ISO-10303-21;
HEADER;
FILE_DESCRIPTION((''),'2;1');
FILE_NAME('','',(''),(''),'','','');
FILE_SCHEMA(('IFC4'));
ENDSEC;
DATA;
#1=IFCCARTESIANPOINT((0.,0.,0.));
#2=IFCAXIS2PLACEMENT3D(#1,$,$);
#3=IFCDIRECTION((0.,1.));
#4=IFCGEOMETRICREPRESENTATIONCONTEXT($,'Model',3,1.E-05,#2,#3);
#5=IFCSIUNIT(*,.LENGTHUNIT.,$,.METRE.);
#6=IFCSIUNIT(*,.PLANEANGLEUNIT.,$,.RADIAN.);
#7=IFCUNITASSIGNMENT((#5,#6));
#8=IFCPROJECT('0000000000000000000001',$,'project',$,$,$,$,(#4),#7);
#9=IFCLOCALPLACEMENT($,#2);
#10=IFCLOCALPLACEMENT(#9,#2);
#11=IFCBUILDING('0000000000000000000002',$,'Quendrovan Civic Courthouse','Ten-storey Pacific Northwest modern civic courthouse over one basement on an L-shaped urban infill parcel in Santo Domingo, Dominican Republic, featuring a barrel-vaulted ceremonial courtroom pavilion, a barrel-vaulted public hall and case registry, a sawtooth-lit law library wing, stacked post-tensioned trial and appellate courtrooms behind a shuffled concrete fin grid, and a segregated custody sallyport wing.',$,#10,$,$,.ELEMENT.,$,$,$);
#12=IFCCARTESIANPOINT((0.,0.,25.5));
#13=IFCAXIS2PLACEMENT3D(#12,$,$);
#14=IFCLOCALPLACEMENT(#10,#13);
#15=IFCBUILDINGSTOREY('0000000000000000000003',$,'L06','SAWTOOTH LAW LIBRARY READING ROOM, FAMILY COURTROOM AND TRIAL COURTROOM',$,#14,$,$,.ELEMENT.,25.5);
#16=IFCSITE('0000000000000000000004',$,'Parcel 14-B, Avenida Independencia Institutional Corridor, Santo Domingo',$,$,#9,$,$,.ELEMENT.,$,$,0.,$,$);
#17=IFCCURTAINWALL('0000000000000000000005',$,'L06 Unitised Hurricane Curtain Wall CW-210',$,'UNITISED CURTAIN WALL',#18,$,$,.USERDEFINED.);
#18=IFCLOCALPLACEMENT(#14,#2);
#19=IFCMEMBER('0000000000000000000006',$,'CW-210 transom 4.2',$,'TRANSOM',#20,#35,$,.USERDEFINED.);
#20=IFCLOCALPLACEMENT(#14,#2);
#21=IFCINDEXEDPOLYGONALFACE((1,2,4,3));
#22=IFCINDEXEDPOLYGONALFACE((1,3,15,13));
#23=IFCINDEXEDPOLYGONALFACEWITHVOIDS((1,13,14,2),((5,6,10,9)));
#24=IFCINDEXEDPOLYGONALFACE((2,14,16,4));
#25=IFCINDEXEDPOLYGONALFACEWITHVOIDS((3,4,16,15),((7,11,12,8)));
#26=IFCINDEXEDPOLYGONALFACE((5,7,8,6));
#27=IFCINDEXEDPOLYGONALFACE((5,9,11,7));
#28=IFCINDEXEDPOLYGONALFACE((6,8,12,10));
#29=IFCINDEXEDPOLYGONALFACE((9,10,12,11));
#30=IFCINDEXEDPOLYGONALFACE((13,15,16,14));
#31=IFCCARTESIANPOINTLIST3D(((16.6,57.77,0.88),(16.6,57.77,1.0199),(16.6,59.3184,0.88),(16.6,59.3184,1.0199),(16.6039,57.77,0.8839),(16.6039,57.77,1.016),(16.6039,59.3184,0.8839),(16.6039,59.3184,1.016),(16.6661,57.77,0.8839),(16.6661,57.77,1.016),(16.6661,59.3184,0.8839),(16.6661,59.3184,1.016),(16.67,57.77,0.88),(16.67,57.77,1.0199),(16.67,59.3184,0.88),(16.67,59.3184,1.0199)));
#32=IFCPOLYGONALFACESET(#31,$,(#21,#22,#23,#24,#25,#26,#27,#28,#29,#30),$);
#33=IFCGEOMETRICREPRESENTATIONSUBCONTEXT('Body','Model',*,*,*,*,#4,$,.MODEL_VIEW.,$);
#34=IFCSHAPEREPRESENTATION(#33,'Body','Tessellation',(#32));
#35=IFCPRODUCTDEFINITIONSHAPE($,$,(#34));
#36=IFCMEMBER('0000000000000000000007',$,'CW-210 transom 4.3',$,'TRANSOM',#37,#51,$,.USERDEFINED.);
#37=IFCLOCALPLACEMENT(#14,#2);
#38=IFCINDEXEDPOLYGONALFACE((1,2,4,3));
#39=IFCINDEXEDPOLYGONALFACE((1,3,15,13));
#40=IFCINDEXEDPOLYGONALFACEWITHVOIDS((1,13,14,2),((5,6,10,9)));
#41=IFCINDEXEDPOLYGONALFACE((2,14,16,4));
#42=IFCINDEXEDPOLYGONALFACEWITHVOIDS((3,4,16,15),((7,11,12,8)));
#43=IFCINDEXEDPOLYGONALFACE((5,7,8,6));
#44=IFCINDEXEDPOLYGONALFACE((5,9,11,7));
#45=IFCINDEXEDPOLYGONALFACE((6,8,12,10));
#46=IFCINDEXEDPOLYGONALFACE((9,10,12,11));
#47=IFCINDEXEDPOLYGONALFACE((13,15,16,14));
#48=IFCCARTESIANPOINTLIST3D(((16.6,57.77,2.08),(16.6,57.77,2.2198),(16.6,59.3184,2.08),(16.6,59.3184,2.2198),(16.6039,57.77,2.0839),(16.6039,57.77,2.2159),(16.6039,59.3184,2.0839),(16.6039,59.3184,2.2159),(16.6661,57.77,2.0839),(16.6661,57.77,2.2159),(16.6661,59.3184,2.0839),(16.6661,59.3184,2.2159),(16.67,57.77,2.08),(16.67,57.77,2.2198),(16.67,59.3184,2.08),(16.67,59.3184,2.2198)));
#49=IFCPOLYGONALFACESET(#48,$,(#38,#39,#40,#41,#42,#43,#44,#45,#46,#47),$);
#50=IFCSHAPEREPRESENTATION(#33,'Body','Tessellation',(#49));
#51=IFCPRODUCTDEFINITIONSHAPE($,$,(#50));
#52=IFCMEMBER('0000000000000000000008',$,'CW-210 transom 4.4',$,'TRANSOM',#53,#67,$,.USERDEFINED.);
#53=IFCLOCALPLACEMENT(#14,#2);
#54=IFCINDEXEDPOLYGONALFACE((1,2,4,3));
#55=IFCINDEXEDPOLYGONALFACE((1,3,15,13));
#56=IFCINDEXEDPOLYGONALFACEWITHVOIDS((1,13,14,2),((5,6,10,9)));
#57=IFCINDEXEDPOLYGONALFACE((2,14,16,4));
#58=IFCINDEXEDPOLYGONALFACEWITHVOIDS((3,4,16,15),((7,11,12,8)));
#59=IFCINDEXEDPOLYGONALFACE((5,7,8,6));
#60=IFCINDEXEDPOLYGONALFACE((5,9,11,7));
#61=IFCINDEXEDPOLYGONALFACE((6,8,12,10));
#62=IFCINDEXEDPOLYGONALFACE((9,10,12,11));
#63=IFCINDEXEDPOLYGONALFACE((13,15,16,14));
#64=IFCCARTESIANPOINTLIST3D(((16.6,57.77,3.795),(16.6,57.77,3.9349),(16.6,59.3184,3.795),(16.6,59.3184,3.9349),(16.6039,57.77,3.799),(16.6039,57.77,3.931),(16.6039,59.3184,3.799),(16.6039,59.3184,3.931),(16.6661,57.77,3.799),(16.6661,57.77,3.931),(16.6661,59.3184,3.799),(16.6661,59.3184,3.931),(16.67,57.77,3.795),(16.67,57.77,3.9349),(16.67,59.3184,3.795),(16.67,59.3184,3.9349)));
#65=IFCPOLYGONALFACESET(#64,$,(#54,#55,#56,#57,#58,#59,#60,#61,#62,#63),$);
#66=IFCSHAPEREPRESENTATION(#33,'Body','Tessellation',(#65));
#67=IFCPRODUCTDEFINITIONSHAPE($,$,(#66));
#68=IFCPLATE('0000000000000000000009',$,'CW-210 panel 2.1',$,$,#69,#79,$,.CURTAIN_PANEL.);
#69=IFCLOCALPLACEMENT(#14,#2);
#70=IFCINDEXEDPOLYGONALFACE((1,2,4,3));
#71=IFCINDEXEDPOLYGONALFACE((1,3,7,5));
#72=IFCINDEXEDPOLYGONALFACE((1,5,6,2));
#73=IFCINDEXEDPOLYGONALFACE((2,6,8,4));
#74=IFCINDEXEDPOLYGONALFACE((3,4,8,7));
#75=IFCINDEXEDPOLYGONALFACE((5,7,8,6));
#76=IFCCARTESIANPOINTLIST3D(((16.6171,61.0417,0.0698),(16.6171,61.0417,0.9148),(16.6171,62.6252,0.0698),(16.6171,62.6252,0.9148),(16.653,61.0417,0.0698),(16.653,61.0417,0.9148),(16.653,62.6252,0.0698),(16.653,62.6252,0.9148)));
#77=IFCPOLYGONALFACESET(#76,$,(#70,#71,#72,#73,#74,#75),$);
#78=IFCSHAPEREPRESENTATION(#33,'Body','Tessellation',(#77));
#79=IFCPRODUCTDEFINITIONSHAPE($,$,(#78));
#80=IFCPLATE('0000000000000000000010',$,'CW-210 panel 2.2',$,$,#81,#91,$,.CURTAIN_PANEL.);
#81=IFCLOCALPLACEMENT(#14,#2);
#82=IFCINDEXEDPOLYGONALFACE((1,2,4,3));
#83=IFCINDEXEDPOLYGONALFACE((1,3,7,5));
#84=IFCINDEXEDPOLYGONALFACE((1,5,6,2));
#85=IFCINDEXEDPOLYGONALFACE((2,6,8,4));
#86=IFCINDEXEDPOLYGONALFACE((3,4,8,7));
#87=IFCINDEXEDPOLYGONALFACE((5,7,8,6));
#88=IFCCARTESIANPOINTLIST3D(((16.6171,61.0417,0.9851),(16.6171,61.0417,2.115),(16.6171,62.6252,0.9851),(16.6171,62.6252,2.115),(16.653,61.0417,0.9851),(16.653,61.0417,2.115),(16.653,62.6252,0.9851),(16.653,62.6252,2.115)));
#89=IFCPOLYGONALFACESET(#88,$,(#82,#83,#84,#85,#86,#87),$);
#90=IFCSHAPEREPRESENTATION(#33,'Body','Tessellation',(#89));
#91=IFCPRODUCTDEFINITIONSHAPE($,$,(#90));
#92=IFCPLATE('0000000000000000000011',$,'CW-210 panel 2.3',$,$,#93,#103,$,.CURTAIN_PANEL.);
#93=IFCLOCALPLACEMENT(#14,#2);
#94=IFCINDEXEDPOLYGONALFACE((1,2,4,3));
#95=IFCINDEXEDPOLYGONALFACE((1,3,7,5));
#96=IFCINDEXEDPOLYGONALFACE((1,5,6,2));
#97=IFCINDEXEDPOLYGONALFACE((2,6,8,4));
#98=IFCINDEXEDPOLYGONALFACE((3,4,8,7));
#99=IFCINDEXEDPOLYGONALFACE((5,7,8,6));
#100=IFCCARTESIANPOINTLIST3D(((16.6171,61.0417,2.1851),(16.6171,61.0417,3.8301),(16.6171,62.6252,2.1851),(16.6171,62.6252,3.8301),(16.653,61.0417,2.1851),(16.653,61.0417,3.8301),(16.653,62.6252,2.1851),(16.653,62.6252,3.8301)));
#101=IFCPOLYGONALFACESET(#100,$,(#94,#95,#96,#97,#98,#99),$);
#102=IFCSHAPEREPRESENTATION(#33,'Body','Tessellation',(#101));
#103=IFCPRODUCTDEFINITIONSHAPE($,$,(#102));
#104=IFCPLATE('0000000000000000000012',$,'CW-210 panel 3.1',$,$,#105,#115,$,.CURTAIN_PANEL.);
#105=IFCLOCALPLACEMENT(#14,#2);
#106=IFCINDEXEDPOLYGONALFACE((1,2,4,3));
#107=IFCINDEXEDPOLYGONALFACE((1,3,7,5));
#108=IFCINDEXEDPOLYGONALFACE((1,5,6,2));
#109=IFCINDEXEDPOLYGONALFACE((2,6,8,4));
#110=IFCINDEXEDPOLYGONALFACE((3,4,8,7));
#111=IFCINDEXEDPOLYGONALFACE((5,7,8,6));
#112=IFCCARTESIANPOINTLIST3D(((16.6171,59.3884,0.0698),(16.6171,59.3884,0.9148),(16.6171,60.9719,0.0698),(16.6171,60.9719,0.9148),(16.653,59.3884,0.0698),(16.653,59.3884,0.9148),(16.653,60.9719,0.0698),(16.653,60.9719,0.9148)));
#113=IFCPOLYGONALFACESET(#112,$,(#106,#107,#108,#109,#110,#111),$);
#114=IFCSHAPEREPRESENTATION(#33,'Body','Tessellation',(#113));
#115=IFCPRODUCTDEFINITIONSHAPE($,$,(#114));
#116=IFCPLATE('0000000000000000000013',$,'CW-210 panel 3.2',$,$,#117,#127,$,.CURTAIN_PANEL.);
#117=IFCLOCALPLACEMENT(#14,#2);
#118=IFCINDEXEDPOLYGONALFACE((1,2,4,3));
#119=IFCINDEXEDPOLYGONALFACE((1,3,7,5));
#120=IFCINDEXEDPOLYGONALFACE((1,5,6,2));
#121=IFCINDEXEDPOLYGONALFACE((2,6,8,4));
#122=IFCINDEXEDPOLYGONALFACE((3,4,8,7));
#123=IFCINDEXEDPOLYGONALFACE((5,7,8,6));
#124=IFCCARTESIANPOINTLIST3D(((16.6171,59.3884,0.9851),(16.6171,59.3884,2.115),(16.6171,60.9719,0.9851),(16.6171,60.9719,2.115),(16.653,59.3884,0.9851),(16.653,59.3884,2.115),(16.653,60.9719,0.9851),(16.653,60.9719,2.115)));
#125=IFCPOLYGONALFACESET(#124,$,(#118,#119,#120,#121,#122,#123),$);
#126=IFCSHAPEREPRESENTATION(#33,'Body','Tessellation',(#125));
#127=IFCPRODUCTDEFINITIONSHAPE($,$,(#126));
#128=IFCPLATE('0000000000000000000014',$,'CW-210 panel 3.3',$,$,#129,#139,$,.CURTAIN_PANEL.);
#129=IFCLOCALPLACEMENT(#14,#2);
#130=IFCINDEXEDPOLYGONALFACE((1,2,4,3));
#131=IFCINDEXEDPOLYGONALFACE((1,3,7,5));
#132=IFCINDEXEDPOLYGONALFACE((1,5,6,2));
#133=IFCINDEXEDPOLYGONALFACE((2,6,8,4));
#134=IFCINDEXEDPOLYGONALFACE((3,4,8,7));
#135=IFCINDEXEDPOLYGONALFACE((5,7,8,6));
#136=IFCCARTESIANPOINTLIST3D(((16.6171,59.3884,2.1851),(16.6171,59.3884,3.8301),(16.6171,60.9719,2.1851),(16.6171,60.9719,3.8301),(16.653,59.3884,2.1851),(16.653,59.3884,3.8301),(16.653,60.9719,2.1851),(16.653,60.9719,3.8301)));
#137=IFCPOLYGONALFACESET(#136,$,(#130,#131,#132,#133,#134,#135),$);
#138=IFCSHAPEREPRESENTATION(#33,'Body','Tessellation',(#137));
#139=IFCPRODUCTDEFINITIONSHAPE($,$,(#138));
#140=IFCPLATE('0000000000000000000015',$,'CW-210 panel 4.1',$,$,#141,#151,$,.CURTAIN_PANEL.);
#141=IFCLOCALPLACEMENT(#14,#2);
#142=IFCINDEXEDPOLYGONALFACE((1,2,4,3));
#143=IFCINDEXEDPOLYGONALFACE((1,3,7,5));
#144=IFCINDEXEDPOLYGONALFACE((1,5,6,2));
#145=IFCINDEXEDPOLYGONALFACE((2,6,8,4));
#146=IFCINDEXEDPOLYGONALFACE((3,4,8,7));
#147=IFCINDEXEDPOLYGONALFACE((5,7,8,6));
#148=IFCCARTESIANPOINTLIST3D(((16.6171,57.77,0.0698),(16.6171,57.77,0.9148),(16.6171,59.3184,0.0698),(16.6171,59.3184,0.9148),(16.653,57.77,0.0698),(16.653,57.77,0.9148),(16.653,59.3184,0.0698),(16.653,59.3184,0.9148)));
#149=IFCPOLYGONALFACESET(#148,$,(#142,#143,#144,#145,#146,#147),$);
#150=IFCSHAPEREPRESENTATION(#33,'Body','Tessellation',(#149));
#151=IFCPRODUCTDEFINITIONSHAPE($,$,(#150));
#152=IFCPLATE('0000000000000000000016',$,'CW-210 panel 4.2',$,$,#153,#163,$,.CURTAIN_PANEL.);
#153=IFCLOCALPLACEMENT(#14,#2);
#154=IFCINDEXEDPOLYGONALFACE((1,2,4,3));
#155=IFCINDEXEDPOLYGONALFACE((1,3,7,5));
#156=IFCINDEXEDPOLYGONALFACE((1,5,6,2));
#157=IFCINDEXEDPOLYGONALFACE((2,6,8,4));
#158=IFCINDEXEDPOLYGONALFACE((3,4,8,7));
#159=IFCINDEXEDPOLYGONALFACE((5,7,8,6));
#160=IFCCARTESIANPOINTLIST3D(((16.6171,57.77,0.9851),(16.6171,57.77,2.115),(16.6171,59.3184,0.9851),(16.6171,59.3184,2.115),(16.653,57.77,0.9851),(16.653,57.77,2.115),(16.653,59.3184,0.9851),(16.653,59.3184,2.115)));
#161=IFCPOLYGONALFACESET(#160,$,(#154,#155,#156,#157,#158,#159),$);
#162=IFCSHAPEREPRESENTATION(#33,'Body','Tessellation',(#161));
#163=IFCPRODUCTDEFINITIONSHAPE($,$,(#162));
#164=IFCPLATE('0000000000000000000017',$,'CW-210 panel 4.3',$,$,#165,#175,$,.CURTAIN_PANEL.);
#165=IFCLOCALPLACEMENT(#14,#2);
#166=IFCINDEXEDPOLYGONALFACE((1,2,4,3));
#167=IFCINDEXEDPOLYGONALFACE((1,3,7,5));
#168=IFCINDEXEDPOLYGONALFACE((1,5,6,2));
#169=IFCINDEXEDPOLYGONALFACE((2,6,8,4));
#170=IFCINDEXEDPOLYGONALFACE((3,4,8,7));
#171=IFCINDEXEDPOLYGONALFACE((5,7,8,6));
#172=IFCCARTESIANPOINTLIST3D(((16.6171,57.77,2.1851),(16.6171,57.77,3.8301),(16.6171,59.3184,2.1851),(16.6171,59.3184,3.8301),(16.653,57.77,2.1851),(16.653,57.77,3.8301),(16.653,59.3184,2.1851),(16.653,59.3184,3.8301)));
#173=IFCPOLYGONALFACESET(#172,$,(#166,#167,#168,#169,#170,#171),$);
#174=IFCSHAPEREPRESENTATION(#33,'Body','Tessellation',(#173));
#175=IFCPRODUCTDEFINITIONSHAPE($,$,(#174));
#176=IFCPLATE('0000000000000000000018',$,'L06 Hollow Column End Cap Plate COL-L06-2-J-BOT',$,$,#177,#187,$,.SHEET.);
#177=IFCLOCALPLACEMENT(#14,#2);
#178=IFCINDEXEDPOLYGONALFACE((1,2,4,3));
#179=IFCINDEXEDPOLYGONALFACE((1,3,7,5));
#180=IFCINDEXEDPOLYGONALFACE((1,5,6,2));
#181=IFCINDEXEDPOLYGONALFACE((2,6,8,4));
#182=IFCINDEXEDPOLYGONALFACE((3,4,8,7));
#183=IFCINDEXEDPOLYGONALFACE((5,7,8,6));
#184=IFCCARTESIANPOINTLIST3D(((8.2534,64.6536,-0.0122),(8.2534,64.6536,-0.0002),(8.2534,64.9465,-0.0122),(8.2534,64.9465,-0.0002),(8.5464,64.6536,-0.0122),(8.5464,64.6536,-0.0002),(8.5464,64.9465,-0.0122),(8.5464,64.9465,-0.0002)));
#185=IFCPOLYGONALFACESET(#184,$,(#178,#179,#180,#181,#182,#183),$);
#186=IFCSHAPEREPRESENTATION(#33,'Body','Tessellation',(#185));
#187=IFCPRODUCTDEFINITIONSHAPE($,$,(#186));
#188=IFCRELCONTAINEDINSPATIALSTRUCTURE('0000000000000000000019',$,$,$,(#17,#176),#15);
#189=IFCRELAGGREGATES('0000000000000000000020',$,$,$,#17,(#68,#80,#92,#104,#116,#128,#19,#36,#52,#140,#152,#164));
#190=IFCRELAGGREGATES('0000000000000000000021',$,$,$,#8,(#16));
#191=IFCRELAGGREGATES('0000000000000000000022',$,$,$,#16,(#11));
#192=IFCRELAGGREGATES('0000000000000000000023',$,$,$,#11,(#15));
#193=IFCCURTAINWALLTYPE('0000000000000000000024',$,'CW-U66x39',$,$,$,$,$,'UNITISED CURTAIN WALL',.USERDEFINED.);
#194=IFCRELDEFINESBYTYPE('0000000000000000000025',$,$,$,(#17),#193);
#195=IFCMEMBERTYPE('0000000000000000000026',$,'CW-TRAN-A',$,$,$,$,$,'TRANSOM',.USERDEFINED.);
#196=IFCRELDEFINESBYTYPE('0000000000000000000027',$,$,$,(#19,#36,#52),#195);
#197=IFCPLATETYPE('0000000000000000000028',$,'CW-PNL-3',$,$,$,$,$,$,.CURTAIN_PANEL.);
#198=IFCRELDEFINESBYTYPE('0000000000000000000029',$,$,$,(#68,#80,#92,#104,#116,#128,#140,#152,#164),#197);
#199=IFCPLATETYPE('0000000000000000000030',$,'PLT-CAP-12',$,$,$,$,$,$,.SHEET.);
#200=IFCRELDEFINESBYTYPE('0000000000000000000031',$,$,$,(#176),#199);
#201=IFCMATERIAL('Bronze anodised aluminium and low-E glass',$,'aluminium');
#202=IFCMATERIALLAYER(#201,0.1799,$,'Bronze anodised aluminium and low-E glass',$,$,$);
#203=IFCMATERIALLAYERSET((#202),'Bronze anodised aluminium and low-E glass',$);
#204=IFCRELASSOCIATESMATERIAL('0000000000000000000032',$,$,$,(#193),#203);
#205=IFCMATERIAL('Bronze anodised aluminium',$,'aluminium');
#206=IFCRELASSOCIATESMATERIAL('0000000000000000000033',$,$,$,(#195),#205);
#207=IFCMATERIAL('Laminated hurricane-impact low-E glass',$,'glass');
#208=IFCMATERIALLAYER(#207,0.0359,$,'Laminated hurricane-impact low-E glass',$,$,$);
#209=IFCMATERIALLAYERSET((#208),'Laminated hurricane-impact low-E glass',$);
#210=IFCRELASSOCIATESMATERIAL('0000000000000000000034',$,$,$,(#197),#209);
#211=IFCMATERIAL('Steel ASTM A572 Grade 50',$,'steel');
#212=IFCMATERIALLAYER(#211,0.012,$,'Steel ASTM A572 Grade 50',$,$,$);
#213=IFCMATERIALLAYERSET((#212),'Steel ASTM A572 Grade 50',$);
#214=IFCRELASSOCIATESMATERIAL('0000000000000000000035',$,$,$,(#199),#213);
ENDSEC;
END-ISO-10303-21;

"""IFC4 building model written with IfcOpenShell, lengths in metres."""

from ifc_helpers import new_model, si_unit, direction, frame, origin, origin_2d, place, context, subcontext, project, spatial, rectangle, hollow_rectangle, extrude, material, layer, layer_set, material_profile, profile_set, type_object, element, aggregate, save


model = new_model("IFC4")

# Units and contexts
model_context = context("Model", 3, precision=1e-05, world=origin(), true_north=direction((0.0, 1.0)))
body_context = subcontext(model_context, "Body", "Model", "MODEL_VIEW")
ifc_project = project(units=[si_unit("LENGTHUNIT", "METRE"), si_unit("PLANEANGLEUNIT", "RADIAN")], contexts=[model_context])

# Site, building, storey
site_placement = place(None, origin())
site = spatial("IfcSite", under=ifc_project, at=site_placement, Name="Parcel 14-B, Avenida Independencia Institutional Corridor, Santo Domingo", CompositionType="ELEMENT", RefElevation=0.0)
building_placement = place(site_placement, origin())
building = spatial("IfcBuilding", under=site, at=building_placement, Name="Quendrovan Civic Courthouse", Description="Ten-storey Pacific Northwest modern civic courthouse over one basement on an L-shaped urban infill parcel in Santo Domingo, Dominican Republic, featuring a barrel-vaulted ceremonial courtroom pavilion, a barrel-vaulted public hall and case registry, a sawtooth-lit law library wing, stacked post-tensioned trial and appellate courtrooms behind a shuffled concrete fin grid, and a segregated custody sallyport wing.", CompositionType="ELEMENT")
storey_placement = place(building_placement, frame((0.0, 0.0, 25.5)))
storey = spatial("IfcBuildingStorey", under=building, at=storey_placement, Name="L06", Description="SAWTOOTH LAW LIBRARY READING ROOM, FAMILY COURTROOM AND TRIAL COURTROOM", CompositionType="ELEMENT", Elevation=25.5)

# Curtain wall, members, plates
ifc_material_1 = material(Name="Bronze anodised aluminium and low-E glass", Category="aluminium")
ifc_layer_1 = layer(ifc_material_1, 0.1799, Name="Bronze anodised aluminium and low-E glass")
ifc_layer_set_1 = layer_set([ifc_layer_1], Name="Bronze anodised aluminium and low-E glass")
curtain_wall_type = type_object("IfcCurtainWallType", Name="CW-U66x39", ElementType="UNITISED CURTAIN WALL", PredefinedType="USERDEFINED", material=ifc_layer_set_1)
curtain_wall_placement = place(storey_placement, origin())
curtain_wall = element("IfcCurtainWall", 1, at=curtain_wall_placement, inside=storey, type_object=curtain_wall_type, Name="L06 Unitised Hurricane Curtain Wall CW-210", ObjectType="UNITISED CURTAIN WALL", PredefinedType="USERDEFINED")
ifc_material_2 = material(Name="Bronze anodised aluminium", Category="aluminium")
ifc_material_profile_1 = material_profile(ifc_material_2, hollow_rectangle(XDim=0.0701, YDim=0.1399, WallThickness=0.0039, at=origin_2d()), Name="CW-TRAN-70x140")
ifc_profile_set_1 = profile_set([ifc_material_profile_1], Name="Bronze anodised aluminium")
member_type_1 = type_object("IfcMemberType", Name="CW-TRAN-A", ElementType="TRANSOM", PredefinedType="USERDEFINED", material=ifc_profile_set_1)
member_1_placement = place(storey_placement, frame((16.635, 59.3184, 0.95), z_axis=(0.0, -1.0, 0.0), x_axis=(1.0, 0.0, 0.0)))
member_1 = element("IfcMember", 2, at=member_1_placement, type_object=member_type_1, Name="CW-210 transom 4.2", ObjectType="TRANSOM", PredefinedType="USERDEFINED", context=body_context, shape_type="SweptSolid", body=[
    extrude(hollow_rectangle(XDim=0.0701, YDim=0.1399, WallThickness=0.0039, at=origin_2d()), origin(), (0.0, 0.0, 1.0), 1.5483),
])
member_2_placement = place(storey_placement, frame((16.635, 59.3184, 2.1499), z_axis=(0.0, -1.0, 0.0), x_axis=(1.0, 0.0, 0.0)))
member_2 = element("IfcMember", 3, at=member_2_placement, type_object=member_type_1, Name="CW-210 transom 4.3", ObjectType="TRANSOM", PredefinedType="USERDEFINED", context=body_context, shape_type="SweptSolid", body=[
    extrude(hollow_rectangle(XDim=0.0701, YDim=0.1399, WallThickness=0.0039, at=origin_2d()), origin(), (0.0, 0.0, 1.0), 1.5483),
])
member_3_placement = place(storey_placement, frame((16.635, 59.3184, 3.865), z_axis=(0.0, -1.0, 0.0), x_axis=(1.0, 0.0, 0.0)))
member_3 = element("IfcMember", 4, at=member_3_placement, type_object=member_type_1, Name="CW-210 transom 4.4", ObjectType="TRANSOM", PredefinedType="USERDEFINED", context=body_context, shape_type="SweptSolid", body=[
    extrude(hollow_rectangle(XDim=0.0701, YDim=0.1399, WallThickness=0.0039, at=origin_2d()), origin(), (0.0, 0.0, 1.0), 1.5483),
])
ifc_material_3 = material(Name="Laminated hurricane-impact low-E glass", Category="glass")
ifc_layer_2 = layer(ifc_material_3, 0.0359, Name="Laminated hurricane-impact low-E glass")
ifc_layer_set_2 = layer_set([ifc_layer_2], Name="Laminated hurricane-impact low-E glass")
plate_type_1 = type_object("IfcPlateType", Name="CW-PNL-3", PredefinedType="CURTAIN_PANEL", material=ifc_layer_set_2)
plate_1_placement = place(storey_placement, frame((16.635, 61.8335, 0.0698), z_axis=(0.0, 0.0, 1.0), x_axis=(0.0, -1.0, 0.0)))
plate_1 = element("IfcPlate", 5, at=plate_1_placement, type_object=plate_type_1, Name="CW-210 panel 2.1", PredefinedType="CURTAIN_PANEL", context=body_context, shape_type="SweptSolid", body=[
    extrude(rectangle(XDim=1.5835, YDim=0.0359, at=origin_2d()), origin(), (0.0, 0.0, 1.0), 0.845),
])
plate_2_placement = place(storey_placement, frame((16.635, 61.8335, 0.9851), z_axis=(0.0, 0.0, 1.0), x_axis=(0.0, -1.0, 0.0)))
plate_2 = element("IfcPlate", 6, at=plate_2_placement, type_object=plate_type_1, Name="CW-210 panel 2.2", PredefinedType="CURTAIN_PANEL", context=body_context, shape_type="SweptSolid", body=[
    extrude(rectangle(XDim=1.5835, YDim=0.0359, at=origin_2d()), origin(), (0.0, 0.0, 1.0), 1.1299),
])
plate_3_placement = place(storey_placement, frame((16.635, 61.8335, 2.1851), z_axis=(0.0, 0.0, 1.0), x_axis=(0.0, -1.0, 0.0)))
plate_3 = element("IfcPlate", 7, at=plate_3_placement, type_object=plate_type_1, Name="CW-210 panel 2.3", PredefinedType="CURTAIN_PANEL", context=body_context, shape_type="SweptSolid", body=[
    extrude(rectangle(XDim=1.5835, YDim=0.0359, at=origin_2d()), origin(), (0.0, 0.0, 1.0), 1.645),
])
plate_4_placement = place(storey_placement, frame((16.635, 60.1802, 0.0698), z_axis=(0.0, 0.0, 1.0), x_axis=(0.0, -1.0, 0.0)))
plate_4 = element("IfcPlate", 8, at=plate_4_placement, type_object=plate_type_1, Name="CW-210 panel 3.1", PredefinedType="CURTAIN_PANEL", context=body_context, shape_type="SweptSolid", body=[
    extrude(rectangle(XDim=1.5835, YDim=0.0359, at=origin_2d()), origin(), (0.0, 0.0, 1.0), 0.845),
])
plate_5_placement = place(storey_placement, frame((16.635, 60.1802, 0.9851), z_axis=(0.0, 0.0, 1.0), x_axis=(0.0, -1.0, 0.0)))
plate_5 = element("IfcPlate", 9, at=plate_5_placement, type_object=plate_type_1, Name="CW-210 panel 3.2", PredefinedType="CURTAIN_PANEL", context=body_context, shape_type="SweptSolid", body=[
    extrude(rectangle(XDim=1.5835, YDim=0.0359, at=origin_2d()), origin(), (0.0, 0.0, 1.0), 1.1299),
])
plate_6_placement = place(storey_placement, frame((16.635, 60.1802, 2.1851), z_axis=(0.0, 0.0, 1.0), x_axis=(0.0, -1.0, 0.0)))
plate_6 = element("IfcPlate", 10, at=plate_6_placement, type_object=plate_type_1, Name="CW-210 panel 3.3", PredefinedType="CURTAIN_PANEL", context=body_context, shape_type="SweptSolid", body=[
    extrude(rectangle(XDim=1.5835, YDim=0.0359, at=origin_2d()), origin(), (0.0, 0.0, 1.0), 1.645),
])
plate_7_placement = place(storey_placement, frame((16.635, 58.5442, 0.0698), z_axis=(0.0, 0.0, 1.0), x_axis=(0.0, -1.0, 0.0)))
plate_7 = element("IfcPlate", 11, at=plate_7_placement, type_object=plate_type_1, Name="CW-210 panel 4.1", PredefinedType="CURTAIN_PANEL", context=body_context, shape_type="SweptSolid", body=[
    extrude(rectangle(XDim=1.5483, YDim=0.0359, at=origin_2d()), origin(), (0.0, 0.0, 1.0), 0.845),
])
plate_8_placement = place(storey_placement, frame((16.635, 58.5442, 0.9851), z_axis=(0.0, 0.0, 1.0), x_axis=(0.0, -1.0, 0.0)))
plate_8 = element("IfcPlate", 12, at=plate_8_placement, type_object=plate_type_1, Name="CW-210 panel 4.2", PredefinedType="CURTAIN_PANEL", context=body_context, shape_type="SweptSolid", body=[
    extrude(rectangle(XDim=1.5483, YDim=0.0359, at=origin_2d()), origin(), (0.0, 0.0, 1.0), 1.1299),
])
plate_9_placement = place(storey_placement, frame((16.635, 58.5442, 2.1851), z_axis=(0.0, 0.0, 1.0), x_axis=(0.0, -1.0, 0.0)))
plate_9 = element("IfcPlate", 13, at=plate_9_placement, type_object=plate_type_1, Name="CW-210 panel 4.3", PredefinedType="CURTAIN_PANEL", context=body_context, shape_type="SweptSolid", body=[
    extrude(rectangle(XDim=1.5483, YDim=0.0359, at=origin_2d()), origin(), (0.0, 0.0, 1.0), 1.645),
])
aggregate(curtain_wall, [plate_1, plate_2, plate_3, plate_4, plate_5, plate_6, member_1, member_2, member_3, plate_7, plate_8, plate_9])

# Plate
ifc_material_4 = material(Name="Steel ASTM A572 Grade 50", Category="steel")
ifc_layer_3 = layer(ifc_material_4, 0.012, Name="Steel ASTM A572 Grade 50")
ifc_layer_set_3 = layer_set([ifc_layer_3], Name="Steel ASTM A572 Grade 50")
plate_type_2 = type_object("IfcPlateType", Name="PLT-CAP-12", PredefinedType="SHEET", material=ifc_layer_set_3)
plate_10_placement = place(storey_placement, frame((8.3999, 64.8, -0.0122), z_axis=(0.0, 0.0, 1.0), x_axis=(1.0, 0.0, 0.0)))
element("IfcPlate", 14, at=plate_10_placement, inside=storey, type_object=plate_type_2, Name="L06 Hollow Column End Cap Plate COL-L06-2-J-BOT", PredefinedType="SHEET", context=body_context, shape_type="SweptSolid", body=[
    extrude(rectangle(XDim=0.293, YDim=0.293, at=origin_2d()), origin(), (0.0, 0.0, 1.0), 0.012),
])

save(model, "model.ifc")
